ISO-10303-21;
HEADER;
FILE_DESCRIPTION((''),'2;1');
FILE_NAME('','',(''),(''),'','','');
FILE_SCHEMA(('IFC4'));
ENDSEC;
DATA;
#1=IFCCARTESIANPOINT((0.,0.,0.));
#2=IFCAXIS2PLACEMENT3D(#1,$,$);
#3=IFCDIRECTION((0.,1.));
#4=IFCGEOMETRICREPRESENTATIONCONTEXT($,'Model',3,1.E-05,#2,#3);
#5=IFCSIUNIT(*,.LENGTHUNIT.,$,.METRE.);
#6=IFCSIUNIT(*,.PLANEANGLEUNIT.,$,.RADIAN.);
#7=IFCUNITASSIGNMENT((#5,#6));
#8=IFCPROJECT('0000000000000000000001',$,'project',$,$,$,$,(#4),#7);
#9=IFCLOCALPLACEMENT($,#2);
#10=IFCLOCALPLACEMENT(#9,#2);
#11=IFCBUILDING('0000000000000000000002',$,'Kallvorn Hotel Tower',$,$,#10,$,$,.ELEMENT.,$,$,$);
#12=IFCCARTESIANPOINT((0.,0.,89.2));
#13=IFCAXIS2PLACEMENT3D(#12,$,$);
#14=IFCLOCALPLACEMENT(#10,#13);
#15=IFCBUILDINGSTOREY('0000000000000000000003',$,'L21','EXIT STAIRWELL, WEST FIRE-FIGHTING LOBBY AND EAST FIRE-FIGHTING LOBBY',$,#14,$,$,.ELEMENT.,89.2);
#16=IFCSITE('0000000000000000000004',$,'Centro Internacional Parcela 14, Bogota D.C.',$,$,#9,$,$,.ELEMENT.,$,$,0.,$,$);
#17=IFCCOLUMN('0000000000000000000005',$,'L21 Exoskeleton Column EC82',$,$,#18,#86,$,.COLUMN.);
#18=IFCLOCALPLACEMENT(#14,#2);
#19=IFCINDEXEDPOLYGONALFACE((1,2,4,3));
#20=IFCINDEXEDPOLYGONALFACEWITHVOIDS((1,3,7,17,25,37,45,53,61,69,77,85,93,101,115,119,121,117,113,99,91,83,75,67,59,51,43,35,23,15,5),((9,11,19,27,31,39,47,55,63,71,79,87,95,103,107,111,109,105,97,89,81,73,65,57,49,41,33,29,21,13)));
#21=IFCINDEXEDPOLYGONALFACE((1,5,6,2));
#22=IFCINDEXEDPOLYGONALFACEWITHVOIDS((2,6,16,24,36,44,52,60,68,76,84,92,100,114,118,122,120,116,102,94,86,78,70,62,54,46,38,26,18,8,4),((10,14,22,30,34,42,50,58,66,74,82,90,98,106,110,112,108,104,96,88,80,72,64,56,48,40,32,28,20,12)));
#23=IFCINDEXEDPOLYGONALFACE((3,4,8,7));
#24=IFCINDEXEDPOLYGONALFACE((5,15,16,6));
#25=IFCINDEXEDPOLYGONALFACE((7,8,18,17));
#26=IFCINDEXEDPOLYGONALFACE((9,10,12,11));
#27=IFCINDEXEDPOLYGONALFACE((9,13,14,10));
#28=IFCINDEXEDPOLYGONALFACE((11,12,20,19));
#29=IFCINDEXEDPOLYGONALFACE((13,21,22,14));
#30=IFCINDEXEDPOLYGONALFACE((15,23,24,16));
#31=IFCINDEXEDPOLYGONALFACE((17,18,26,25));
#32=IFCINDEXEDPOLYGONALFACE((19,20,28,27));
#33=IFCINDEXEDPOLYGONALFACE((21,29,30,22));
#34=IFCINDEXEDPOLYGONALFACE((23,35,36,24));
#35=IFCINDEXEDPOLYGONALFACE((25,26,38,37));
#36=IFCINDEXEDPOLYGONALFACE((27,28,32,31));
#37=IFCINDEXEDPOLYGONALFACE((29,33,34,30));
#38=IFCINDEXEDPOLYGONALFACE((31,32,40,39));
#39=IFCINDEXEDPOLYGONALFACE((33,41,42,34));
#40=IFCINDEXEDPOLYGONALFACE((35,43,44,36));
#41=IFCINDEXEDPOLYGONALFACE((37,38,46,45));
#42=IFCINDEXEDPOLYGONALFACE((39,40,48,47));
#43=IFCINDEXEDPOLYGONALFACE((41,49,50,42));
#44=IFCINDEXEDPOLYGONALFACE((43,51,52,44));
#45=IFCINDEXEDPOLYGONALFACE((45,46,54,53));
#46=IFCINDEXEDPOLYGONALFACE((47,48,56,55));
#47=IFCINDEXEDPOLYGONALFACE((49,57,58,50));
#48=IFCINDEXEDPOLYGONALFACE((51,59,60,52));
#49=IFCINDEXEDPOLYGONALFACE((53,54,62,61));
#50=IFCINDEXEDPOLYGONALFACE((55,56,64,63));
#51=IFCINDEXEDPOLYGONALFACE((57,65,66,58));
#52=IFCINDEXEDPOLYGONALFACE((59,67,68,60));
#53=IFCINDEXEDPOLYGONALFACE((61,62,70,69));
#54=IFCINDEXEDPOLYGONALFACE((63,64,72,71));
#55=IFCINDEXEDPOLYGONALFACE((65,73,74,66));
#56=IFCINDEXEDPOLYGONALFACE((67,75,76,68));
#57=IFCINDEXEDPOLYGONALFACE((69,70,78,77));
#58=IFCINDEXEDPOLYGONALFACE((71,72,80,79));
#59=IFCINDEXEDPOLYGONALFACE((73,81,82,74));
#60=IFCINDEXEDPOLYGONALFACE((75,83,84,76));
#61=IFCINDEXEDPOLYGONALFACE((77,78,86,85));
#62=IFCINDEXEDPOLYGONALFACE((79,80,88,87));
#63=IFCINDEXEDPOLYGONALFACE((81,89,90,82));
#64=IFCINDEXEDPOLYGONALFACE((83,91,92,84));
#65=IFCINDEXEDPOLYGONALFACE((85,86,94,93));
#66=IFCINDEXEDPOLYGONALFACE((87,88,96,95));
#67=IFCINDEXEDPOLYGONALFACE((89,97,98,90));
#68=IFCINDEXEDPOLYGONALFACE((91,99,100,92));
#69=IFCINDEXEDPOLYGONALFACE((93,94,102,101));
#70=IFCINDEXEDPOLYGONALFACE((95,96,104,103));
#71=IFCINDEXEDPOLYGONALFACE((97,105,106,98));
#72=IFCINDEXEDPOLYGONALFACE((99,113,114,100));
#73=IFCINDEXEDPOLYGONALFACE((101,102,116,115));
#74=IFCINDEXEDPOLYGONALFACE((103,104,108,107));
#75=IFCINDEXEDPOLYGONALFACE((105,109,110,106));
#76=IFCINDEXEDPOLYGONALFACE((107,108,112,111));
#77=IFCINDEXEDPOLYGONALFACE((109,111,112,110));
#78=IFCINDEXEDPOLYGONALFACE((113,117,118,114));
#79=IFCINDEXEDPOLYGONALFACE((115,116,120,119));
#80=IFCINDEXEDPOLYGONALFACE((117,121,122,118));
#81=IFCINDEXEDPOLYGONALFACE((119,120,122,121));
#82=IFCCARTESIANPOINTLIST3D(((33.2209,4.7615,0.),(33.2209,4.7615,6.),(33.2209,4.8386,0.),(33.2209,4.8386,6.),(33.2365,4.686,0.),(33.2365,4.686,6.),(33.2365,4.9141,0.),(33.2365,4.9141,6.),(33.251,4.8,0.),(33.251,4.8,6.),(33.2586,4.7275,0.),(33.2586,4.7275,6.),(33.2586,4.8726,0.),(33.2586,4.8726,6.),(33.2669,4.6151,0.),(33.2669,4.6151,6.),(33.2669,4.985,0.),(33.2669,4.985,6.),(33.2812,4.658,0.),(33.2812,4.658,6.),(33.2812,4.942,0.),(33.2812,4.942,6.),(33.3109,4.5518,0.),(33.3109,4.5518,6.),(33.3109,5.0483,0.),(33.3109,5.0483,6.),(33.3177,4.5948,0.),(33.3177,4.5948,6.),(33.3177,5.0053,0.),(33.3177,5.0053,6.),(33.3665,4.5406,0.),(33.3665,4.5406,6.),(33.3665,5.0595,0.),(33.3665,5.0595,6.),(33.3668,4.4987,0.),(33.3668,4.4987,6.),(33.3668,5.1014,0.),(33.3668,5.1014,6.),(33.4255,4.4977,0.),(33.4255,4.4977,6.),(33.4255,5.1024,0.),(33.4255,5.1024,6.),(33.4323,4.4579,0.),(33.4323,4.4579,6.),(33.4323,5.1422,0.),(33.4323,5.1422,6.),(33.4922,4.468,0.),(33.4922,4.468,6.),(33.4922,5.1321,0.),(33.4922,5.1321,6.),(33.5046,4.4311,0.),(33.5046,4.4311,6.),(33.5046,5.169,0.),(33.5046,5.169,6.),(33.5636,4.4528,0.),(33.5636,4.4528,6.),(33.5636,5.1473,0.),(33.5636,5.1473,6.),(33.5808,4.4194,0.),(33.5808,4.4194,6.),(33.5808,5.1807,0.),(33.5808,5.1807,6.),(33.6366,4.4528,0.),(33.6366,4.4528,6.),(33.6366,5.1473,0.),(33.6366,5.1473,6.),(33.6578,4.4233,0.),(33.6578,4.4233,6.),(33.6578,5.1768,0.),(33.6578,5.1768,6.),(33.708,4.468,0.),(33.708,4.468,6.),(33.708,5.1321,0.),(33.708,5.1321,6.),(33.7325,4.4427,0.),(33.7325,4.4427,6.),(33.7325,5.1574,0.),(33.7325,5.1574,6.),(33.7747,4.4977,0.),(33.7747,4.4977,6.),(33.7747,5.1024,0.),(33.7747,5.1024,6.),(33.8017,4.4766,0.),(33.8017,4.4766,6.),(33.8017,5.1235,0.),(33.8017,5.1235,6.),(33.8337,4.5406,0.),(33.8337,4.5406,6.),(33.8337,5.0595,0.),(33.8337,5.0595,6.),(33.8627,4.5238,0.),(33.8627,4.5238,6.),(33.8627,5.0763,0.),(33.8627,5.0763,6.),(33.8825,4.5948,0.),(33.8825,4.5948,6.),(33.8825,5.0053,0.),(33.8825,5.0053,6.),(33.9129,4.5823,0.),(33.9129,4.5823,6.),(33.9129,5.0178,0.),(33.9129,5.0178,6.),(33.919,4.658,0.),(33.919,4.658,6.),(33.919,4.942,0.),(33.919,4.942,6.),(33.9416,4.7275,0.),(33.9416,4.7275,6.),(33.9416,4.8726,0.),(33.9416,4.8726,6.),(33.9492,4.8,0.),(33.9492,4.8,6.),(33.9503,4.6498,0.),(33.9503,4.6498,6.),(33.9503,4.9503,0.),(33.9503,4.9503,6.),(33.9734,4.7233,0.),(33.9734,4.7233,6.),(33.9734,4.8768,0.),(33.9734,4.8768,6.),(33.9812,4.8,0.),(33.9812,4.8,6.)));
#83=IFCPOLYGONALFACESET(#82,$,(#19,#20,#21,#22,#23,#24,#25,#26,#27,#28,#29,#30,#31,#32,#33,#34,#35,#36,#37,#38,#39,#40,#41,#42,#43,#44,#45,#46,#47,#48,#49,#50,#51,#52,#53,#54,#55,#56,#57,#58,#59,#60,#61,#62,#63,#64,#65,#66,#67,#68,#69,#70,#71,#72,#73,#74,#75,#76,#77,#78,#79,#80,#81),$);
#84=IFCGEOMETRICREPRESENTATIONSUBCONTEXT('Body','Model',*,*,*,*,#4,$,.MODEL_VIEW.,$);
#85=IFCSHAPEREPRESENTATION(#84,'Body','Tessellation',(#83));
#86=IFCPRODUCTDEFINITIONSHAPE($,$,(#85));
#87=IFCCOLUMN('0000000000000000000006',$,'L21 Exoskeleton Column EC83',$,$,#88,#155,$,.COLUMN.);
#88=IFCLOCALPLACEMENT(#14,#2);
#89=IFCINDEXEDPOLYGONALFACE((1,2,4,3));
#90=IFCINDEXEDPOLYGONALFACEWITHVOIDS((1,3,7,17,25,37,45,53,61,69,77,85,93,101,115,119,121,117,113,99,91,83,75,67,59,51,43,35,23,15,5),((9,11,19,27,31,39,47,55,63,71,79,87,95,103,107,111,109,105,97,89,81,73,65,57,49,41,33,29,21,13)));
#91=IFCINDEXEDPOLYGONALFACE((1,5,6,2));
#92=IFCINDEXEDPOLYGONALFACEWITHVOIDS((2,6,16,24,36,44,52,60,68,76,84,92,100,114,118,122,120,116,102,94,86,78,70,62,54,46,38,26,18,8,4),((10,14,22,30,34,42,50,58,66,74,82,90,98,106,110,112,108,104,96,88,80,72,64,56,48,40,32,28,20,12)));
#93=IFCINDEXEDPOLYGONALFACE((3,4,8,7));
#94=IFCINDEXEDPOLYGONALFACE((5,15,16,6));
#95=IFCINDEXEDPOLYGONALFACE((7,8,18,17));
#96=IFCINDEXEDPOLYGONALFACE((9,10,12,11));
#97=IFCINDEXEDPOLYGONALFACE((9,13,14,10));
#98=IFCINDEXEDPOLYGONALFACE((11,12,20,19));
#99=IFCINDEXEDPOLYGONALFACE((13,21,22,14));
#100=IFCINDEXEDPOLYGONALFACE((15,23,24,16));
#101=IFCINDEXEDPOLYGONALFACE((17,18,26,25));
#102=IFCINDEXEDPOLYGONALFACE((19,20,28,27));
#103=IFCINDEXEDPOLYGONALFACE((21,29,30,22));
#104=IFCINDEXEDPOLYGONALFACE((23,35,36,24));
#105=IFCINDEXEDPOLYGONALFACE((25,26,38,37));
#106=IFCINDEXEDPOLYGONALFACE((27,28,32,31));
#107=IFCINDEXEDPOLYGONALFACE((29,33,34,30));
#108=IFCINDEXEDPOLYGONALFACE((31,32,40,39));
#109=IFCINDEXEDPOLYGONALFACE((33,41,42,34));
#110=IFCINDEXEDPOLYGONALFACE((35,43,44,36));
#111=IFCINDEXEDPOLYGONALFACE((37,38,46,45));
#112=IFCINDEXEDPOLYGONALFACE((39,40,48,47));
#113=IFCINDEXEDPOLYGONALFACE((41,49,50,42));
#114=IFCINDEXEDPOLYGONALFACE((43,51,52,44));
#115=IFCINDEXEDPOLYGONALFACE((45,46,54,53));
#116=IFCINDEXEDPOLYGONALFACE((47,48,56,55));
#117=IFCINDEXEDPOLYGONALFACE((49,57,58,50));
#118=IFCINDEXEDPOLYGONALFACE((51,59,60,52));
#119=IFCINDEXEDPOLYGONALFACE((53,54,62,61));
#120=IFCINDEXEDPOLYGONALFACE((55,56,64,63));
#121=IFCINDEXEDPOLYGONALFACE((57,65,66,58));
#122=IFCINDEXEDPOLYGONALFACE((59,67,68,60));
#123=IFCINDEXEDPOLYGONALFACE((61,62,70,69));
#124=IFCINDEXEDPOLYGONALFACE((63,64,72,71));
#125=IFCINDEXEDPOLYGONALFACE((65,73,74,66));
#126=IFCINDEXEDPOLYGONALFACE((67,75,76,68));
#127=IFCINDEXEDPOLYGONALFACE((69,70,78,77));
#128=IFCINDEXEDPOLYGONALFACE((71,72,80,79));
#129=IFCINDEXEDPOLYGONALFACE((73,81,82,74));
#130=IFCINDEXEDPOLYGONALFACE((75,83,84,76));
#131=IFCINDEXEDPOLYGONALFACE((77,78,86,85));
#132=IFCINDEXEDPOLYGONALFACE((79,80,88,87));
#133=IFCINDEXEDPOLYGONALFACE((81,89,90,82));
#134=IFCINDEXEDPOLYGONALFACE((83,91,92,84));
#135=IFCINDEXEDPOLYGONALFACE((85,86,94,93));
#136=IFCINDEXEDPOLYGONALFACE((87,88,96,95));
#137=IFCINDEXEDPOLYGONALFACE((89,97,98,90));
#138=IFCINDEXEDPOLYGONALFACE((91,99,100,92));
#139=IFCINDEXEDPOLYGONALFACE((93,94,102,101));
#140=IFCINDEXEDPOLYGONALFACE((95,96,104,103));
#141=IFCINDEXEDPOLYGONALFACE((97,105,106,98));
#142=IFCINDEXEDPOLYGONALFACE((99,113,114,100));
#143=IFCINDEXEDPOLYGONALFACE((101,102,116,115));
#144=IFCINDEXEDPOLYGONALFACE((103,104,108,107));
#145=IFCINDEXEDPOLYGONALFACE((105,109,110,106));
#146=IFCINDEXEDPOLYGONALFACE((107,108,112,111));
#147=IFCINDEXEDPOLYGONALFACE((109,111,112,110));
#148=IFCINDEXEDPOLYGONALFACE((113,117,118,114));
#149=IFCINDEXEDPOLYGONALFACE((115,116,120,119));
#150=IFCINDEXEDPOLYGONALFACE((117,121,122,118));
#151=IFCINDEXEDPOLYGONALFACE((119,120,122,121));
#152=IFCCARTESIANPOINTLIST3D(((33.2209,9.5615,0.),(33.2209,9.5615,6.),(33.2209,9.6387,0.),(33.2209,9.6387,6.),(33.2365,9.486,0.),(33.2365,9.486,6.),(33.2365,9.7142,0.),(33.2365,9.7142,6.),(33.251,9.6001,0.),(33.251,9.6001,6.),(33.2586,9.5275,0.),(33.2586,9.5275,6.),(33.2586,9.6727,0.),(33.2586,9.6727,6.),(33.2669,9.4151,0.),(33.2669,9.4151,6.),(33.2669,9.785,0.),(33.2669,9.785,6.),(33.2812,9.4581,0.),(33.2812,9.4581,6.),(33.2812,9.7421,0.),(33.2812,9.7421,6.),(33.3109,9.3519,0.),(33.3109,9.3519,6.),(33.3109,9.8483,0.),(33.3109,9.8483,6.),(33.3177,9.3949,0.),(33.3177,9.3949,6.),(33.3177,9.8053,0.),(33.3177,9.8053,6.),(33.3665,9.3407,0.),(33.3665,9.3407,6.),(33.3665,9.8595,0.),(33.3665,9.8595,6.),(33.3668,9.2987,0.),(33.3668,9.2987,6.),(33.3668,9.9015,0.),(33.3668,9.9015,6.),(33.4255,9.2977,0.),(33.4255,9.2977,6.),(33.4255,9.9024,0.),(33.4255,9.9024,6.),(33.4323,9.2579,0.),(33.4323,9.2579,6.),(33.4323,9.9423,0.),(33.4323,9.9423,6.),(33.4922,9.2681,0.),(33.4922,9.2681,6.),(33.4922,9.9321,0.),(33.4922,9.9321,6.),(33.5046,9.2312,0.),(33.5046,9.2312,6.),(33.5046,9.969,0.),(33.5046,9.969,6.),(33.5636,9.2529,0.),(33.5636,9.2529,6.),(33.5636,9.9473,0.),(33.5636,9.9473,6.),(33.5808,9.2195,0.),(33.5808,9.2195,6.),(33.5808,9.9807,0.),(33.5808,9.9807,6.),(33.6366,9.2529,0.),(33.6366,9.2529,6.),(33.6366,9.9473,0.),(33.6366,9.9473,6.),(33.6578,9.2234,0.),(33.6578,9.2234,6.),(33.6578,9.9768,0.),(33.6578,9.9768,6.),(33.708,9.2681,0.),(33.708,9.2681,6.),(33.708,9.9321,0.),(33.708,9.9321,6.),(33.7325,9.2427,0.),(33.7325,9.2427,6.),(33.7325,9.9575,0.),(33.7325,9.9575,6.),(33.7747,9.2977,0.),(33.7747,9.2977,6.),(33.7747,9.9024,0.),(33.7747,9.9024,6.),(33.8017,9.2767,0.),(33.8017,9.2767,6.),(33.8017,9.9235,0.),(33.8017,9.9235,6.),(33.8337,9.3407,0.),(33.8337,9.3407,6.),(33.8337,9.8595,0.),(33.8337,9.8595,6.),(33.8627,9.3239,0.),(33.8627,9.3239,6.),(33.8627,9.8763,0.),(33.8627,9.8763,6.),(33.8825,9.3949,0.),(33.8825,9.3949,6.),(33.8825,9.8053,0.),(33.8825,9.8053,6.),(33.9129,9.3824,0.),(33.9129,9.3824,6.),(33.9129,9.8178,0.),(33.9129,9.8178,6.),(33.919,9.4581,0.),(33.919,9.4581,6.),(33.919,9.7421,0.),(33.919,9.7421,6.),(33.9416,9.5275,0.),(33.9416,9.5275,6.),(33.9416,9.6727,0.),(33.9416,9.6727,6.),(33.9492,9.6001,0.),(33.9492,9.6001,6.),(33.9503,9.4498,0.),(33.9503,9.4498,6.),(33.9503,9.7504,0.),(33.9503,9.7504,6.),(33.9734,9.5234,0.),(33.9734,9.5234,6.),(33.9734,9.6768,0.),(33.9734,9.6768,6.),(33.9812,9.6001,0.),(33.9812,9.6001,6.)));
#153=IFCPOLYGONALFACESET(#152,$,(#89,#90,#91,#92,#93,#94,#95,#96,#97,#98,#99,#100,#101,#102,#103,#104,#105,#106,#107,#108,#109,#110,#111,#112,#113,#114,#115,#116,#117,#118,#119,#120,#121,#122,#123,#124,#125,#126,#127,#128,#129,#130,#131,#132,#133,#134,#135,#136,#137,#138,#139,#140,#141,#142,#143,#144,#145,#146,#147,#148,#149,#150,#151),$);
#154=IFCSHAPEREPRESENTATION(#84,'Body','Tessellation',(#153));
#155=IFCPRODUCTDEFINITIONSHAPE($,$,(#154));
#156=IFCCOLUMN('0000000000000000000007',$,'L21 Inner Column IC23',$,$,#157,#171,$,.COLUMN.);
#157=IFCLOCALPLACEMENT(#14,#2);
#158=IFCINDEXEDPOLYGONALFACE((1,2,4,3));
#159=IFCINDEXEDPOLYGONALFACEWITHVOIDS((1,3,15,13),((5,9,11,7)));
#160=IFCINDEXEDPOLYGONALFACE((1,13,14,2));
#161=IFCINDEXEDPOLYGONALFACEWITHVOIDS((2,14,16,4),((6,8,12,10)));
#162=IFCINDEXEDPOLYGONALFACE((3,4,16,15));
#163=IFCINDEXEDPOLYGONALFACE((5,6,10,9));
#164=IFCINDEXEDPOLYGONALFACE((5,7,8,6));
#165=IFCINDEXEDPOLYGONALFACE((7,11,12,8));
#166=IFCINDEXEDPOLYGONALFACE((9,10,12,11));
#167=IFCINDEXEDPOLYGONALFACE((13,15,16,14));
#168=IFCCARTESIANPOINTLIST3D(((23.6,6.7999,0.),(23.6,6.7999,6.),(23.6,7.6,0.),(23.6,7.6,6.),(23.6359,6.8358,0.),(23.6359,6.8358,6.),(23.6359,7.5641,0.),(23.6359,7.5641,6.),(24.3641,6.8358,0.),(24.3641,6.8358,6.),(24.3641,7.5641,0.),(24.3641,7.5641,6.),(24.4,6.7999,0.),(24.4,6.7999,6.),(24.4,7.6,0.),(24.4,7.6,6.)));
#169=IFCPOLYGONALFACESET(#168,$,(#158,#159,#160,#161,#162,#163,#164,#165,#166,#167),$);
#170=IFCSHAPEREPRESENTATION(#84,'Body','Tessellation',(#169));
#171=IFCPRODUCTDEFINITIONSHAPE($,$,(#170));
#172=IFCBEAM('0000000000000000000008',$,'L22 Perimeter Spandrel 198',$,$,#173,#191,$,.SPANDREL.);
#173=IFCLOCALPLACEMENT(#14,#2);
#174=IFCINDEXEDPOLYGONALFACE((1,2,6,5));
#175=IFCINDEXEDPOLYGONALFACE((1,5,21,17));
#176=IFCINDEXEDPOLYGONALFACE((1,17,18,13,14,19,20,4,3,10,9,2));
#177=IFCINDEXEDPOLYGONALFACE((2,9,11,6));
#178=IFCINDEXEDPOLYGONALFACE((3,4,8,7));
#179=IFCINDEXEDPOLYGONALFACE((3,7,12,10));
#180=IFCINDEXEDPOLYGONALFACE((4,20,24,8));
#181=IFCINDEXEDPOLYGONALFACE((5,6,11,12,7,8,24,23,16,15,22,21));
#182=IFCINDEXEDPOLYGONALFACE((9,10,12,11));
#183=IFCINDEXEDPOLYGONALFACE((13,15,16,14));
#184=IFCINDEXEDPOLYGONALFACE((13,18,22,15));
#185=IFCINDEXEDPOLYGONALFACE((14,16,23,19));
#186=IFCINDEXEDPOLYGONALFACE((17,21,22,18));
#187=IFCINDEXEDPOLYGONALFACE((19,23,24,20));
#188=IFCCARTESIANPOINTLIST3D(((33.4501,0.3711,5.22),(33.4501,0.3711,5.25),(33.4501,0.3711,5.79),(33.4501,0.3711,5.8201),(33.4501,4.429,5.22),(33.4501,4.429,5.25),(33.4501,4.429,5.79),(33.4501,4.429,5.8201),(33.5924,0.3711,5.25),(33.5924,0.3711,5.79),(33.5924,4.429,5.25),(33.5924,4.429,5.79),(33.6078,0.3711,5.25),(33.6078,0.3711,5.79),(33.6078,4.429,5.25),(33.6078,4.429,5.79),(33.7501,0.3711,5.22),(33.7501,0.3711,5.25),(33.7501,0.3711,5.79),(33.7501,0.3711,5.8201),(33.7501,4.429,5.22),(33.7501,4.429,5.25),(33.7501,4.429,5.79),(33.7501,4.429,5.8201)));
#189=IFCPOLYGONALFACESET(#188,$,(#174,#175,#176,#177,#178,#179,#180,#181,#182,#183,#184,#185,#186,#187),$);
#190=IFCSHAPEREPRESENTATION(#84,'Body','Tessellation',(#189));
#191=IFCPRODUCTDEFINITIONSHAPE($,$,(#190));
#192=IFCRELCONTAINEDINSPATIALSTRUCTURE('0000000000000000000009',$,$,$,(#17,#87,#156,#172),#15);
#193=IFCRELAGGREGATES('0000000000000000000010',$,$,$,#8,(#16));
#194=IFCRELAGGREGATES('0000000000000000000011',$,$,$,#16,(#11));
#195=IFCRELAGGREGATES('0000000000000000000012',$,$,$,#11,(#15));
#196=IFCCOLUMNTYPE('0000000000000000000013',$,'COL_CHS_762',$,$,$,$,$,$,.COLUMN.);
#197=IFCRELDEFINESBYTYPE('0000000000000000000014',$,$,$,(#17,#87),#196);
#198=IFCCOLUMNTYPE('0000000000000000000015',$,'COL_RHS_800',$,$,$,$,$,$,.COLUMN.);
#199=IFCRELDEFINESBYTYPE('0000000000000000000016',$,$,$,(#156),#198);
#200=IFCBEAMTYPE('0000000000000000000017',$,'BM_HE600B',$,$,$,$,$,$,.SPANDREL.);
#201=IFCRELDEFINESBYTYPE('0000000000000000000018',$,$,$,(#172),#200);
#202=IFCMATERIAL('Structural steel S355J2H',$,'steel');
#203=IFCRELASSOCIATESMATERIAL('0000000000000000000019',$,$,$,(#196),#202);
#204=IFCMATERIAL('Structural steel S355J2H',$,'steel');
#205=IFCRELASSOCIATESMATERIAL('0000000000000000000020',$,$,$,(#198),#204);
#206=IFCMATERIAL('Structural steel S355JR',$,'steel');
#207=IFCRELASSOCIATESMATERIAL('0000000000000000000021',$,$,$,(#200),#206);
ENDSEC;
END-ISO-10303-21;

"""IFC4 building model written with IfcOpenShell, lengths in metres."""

from ifc_helpers import new_model, si_unit, direction, frame, origin, origin_2d, place, context, subcontext, project, spatial, hollow_rectangle, hollow_circle, i_section, extrude, material, material_profile, profile_set, type_object, element, save


model = new_model("IFC4")

# Units and contexts
model_context = context("Model", 3, precision=1e-05, world=origin(), true_north=direction((0.0, 1.0)))
body_context = subcontext(model_context, "Body", "Model", "MODEL_VIEW")
ifc_project = project(units=[si_unit("LENGTHUNIT", "METRE"), si_unit("PLANEANGLEUNIT", "RADIAN")], contexts=[model_context])

# Site, building, storey
site_placement = place(None, origin())
site = spatial("IfcSite", under=ifc_project, at=site_placement, Name="Centro Internacional Parcela 14, Bogota D.C.", CompositionType="ELEMENT", RefElevation=0.0)
building_placement = place(site_placement, origin())
building = spatial("IfcBuilding", under=site, at=building_placement, Name="Kallvorn Hotel Tower", CompositionType="ELEMENT")
storey_placement = place(building_placement, frame((0.0, 0.0, 89.2)))
storey = spatial("IfcBuildingStorey", under=building, at=storey_placement, Name="L21", Description="EXIT STAIRWELL, WEST FIRE-FIGHTING LOBBY AND EAST FIRE-FIGHTING LOBBY", CompositionType="ELEMENT", Elevation=89.2)

# Columns
ifc_material_1 = material(Name="Structural steel S355J2H", Category="steel")
ifc_material_profile_1 = material_profile(ifc_material_1, hollow_circle(Radius=0.3811, WallThickness=0.032, at=origin_2d()), Name="CHS 762x32")
ifc_profile_set_1 = profile_set([ifc_material_profile_1], Name="Structural steel S355J2H")
column_type_1 = type_object("IfcColumnType", Name="COL_CHS_762", PredefinedType="COLUMN", material=ifc_profile_set_1)
for number, where, z_axis, x_axis, name in (
    (1, (33.6001, 4.8, 0.0), (0.0, 0.0, 1.0), (1.0, 0.0, 0.0), "L21 Exoskeleton Column EC82"),
    (2, (33.6001, 9.6001, 0.0), (0.0, 0.0, 1.0), (1.0, 0.0, 0.0), "L21 Exoskeleton Column EC83"),
):
    element("IfcColumn", number, at=place(storey_placement, frame(where, z_axis=z_axis, x_axis=x_axis)), inside=storey, type_object=column_type_1, Name=name, PredefinedType="COLUMN", context=body_context, shape_type="SweptSolid", body=[
        extrude(hollow_circle(Radius=0.3811, WallThickness=0.032, at=origin_2d()), origin(), (0.0, 0.0, 1.0), 6.0),
    ])
ifc_material_2 = material(Name="Structural steel S355J2H", Category="steel")
ifc_material_profile_2 = material_profile(ifc_material_2, hollow_rectangle(XDim=0.8, YDim=0.8, WallThickness=0.0359, at=origin_2d()), Name="RHS 800x800x36")
ifc_profile_set_2 = profile_set([ifc_material_profile_2], Name="Structural steel S355J2H")
column_type_2 = type_object("IfcColumnType", Name="COL_RHS_800", PredefinedType="COLUMN", material=ifc_profile_set_2)
column_placement = place(storey_placement, frame((24.0, 7.2, 0.0), z_axis=(0.0, 0.0, 1.0), x_axis=(1.0, 0.0, 0.0)))
element("IfcColumn", 3, at=column_placement, inside=storey, type_object=column_type_2, Name="L21 Inner Column IC23", PredefinedType="COLUMN", context=body_context, shape_type="SweptSolid", body=[
    extrude(hollow_rectangle(XDim=0.8, YDim=0.8, WallThickness=0.0359, at=origin_2d()), origin(), (0.0, 0.0, 1.0), 6.0),
])

# Beam
ifc_material_3 = material(Name="Structural steel S355JR", Category="steel")
ifc_material_profile_3 = material_profile(ifc_material_3, i_section(OverallWidth=0.3, OverallDepth=0.6001, WebThickness=0.0154, FlangeThickness=0.03, at=origin_2d()), Name="HE 600 B")
ifc_profile_set_3 = profile_set([ifc_material_profile_3], Name="Structural steel S355JR")
beam_type_1 = type_object("IfcBeamType", Name="BM_HE600B", PredefinedType="SPANDREL", material=ifc_profile_set_3)
beam_1_placement = place(storey_placement, frame((33.6001, 0.3711, 5.52), z_axis=(0.0, 1.0, 0.0), x_axis=(-1.0, 0.0, 0.0)))
element("IfcBeam", 4, at=beam_1_placement, inside=storey, type_object=beam_type_1, Name="L22 Perimeter Spandrel 198", PredefinedType="SPANDREL", context=body_context, shape_type="SweptSolid", body=[
    extrude(i_section(OverallWidth=0.3, OverallDepth=0.6001, WebThickness=0.0154, FlangeThickness=0.03, at=origin_2d()), origin(), (0.0, 0.0, 1.0), 4.0579),
])

save(model, "model.ifc")
